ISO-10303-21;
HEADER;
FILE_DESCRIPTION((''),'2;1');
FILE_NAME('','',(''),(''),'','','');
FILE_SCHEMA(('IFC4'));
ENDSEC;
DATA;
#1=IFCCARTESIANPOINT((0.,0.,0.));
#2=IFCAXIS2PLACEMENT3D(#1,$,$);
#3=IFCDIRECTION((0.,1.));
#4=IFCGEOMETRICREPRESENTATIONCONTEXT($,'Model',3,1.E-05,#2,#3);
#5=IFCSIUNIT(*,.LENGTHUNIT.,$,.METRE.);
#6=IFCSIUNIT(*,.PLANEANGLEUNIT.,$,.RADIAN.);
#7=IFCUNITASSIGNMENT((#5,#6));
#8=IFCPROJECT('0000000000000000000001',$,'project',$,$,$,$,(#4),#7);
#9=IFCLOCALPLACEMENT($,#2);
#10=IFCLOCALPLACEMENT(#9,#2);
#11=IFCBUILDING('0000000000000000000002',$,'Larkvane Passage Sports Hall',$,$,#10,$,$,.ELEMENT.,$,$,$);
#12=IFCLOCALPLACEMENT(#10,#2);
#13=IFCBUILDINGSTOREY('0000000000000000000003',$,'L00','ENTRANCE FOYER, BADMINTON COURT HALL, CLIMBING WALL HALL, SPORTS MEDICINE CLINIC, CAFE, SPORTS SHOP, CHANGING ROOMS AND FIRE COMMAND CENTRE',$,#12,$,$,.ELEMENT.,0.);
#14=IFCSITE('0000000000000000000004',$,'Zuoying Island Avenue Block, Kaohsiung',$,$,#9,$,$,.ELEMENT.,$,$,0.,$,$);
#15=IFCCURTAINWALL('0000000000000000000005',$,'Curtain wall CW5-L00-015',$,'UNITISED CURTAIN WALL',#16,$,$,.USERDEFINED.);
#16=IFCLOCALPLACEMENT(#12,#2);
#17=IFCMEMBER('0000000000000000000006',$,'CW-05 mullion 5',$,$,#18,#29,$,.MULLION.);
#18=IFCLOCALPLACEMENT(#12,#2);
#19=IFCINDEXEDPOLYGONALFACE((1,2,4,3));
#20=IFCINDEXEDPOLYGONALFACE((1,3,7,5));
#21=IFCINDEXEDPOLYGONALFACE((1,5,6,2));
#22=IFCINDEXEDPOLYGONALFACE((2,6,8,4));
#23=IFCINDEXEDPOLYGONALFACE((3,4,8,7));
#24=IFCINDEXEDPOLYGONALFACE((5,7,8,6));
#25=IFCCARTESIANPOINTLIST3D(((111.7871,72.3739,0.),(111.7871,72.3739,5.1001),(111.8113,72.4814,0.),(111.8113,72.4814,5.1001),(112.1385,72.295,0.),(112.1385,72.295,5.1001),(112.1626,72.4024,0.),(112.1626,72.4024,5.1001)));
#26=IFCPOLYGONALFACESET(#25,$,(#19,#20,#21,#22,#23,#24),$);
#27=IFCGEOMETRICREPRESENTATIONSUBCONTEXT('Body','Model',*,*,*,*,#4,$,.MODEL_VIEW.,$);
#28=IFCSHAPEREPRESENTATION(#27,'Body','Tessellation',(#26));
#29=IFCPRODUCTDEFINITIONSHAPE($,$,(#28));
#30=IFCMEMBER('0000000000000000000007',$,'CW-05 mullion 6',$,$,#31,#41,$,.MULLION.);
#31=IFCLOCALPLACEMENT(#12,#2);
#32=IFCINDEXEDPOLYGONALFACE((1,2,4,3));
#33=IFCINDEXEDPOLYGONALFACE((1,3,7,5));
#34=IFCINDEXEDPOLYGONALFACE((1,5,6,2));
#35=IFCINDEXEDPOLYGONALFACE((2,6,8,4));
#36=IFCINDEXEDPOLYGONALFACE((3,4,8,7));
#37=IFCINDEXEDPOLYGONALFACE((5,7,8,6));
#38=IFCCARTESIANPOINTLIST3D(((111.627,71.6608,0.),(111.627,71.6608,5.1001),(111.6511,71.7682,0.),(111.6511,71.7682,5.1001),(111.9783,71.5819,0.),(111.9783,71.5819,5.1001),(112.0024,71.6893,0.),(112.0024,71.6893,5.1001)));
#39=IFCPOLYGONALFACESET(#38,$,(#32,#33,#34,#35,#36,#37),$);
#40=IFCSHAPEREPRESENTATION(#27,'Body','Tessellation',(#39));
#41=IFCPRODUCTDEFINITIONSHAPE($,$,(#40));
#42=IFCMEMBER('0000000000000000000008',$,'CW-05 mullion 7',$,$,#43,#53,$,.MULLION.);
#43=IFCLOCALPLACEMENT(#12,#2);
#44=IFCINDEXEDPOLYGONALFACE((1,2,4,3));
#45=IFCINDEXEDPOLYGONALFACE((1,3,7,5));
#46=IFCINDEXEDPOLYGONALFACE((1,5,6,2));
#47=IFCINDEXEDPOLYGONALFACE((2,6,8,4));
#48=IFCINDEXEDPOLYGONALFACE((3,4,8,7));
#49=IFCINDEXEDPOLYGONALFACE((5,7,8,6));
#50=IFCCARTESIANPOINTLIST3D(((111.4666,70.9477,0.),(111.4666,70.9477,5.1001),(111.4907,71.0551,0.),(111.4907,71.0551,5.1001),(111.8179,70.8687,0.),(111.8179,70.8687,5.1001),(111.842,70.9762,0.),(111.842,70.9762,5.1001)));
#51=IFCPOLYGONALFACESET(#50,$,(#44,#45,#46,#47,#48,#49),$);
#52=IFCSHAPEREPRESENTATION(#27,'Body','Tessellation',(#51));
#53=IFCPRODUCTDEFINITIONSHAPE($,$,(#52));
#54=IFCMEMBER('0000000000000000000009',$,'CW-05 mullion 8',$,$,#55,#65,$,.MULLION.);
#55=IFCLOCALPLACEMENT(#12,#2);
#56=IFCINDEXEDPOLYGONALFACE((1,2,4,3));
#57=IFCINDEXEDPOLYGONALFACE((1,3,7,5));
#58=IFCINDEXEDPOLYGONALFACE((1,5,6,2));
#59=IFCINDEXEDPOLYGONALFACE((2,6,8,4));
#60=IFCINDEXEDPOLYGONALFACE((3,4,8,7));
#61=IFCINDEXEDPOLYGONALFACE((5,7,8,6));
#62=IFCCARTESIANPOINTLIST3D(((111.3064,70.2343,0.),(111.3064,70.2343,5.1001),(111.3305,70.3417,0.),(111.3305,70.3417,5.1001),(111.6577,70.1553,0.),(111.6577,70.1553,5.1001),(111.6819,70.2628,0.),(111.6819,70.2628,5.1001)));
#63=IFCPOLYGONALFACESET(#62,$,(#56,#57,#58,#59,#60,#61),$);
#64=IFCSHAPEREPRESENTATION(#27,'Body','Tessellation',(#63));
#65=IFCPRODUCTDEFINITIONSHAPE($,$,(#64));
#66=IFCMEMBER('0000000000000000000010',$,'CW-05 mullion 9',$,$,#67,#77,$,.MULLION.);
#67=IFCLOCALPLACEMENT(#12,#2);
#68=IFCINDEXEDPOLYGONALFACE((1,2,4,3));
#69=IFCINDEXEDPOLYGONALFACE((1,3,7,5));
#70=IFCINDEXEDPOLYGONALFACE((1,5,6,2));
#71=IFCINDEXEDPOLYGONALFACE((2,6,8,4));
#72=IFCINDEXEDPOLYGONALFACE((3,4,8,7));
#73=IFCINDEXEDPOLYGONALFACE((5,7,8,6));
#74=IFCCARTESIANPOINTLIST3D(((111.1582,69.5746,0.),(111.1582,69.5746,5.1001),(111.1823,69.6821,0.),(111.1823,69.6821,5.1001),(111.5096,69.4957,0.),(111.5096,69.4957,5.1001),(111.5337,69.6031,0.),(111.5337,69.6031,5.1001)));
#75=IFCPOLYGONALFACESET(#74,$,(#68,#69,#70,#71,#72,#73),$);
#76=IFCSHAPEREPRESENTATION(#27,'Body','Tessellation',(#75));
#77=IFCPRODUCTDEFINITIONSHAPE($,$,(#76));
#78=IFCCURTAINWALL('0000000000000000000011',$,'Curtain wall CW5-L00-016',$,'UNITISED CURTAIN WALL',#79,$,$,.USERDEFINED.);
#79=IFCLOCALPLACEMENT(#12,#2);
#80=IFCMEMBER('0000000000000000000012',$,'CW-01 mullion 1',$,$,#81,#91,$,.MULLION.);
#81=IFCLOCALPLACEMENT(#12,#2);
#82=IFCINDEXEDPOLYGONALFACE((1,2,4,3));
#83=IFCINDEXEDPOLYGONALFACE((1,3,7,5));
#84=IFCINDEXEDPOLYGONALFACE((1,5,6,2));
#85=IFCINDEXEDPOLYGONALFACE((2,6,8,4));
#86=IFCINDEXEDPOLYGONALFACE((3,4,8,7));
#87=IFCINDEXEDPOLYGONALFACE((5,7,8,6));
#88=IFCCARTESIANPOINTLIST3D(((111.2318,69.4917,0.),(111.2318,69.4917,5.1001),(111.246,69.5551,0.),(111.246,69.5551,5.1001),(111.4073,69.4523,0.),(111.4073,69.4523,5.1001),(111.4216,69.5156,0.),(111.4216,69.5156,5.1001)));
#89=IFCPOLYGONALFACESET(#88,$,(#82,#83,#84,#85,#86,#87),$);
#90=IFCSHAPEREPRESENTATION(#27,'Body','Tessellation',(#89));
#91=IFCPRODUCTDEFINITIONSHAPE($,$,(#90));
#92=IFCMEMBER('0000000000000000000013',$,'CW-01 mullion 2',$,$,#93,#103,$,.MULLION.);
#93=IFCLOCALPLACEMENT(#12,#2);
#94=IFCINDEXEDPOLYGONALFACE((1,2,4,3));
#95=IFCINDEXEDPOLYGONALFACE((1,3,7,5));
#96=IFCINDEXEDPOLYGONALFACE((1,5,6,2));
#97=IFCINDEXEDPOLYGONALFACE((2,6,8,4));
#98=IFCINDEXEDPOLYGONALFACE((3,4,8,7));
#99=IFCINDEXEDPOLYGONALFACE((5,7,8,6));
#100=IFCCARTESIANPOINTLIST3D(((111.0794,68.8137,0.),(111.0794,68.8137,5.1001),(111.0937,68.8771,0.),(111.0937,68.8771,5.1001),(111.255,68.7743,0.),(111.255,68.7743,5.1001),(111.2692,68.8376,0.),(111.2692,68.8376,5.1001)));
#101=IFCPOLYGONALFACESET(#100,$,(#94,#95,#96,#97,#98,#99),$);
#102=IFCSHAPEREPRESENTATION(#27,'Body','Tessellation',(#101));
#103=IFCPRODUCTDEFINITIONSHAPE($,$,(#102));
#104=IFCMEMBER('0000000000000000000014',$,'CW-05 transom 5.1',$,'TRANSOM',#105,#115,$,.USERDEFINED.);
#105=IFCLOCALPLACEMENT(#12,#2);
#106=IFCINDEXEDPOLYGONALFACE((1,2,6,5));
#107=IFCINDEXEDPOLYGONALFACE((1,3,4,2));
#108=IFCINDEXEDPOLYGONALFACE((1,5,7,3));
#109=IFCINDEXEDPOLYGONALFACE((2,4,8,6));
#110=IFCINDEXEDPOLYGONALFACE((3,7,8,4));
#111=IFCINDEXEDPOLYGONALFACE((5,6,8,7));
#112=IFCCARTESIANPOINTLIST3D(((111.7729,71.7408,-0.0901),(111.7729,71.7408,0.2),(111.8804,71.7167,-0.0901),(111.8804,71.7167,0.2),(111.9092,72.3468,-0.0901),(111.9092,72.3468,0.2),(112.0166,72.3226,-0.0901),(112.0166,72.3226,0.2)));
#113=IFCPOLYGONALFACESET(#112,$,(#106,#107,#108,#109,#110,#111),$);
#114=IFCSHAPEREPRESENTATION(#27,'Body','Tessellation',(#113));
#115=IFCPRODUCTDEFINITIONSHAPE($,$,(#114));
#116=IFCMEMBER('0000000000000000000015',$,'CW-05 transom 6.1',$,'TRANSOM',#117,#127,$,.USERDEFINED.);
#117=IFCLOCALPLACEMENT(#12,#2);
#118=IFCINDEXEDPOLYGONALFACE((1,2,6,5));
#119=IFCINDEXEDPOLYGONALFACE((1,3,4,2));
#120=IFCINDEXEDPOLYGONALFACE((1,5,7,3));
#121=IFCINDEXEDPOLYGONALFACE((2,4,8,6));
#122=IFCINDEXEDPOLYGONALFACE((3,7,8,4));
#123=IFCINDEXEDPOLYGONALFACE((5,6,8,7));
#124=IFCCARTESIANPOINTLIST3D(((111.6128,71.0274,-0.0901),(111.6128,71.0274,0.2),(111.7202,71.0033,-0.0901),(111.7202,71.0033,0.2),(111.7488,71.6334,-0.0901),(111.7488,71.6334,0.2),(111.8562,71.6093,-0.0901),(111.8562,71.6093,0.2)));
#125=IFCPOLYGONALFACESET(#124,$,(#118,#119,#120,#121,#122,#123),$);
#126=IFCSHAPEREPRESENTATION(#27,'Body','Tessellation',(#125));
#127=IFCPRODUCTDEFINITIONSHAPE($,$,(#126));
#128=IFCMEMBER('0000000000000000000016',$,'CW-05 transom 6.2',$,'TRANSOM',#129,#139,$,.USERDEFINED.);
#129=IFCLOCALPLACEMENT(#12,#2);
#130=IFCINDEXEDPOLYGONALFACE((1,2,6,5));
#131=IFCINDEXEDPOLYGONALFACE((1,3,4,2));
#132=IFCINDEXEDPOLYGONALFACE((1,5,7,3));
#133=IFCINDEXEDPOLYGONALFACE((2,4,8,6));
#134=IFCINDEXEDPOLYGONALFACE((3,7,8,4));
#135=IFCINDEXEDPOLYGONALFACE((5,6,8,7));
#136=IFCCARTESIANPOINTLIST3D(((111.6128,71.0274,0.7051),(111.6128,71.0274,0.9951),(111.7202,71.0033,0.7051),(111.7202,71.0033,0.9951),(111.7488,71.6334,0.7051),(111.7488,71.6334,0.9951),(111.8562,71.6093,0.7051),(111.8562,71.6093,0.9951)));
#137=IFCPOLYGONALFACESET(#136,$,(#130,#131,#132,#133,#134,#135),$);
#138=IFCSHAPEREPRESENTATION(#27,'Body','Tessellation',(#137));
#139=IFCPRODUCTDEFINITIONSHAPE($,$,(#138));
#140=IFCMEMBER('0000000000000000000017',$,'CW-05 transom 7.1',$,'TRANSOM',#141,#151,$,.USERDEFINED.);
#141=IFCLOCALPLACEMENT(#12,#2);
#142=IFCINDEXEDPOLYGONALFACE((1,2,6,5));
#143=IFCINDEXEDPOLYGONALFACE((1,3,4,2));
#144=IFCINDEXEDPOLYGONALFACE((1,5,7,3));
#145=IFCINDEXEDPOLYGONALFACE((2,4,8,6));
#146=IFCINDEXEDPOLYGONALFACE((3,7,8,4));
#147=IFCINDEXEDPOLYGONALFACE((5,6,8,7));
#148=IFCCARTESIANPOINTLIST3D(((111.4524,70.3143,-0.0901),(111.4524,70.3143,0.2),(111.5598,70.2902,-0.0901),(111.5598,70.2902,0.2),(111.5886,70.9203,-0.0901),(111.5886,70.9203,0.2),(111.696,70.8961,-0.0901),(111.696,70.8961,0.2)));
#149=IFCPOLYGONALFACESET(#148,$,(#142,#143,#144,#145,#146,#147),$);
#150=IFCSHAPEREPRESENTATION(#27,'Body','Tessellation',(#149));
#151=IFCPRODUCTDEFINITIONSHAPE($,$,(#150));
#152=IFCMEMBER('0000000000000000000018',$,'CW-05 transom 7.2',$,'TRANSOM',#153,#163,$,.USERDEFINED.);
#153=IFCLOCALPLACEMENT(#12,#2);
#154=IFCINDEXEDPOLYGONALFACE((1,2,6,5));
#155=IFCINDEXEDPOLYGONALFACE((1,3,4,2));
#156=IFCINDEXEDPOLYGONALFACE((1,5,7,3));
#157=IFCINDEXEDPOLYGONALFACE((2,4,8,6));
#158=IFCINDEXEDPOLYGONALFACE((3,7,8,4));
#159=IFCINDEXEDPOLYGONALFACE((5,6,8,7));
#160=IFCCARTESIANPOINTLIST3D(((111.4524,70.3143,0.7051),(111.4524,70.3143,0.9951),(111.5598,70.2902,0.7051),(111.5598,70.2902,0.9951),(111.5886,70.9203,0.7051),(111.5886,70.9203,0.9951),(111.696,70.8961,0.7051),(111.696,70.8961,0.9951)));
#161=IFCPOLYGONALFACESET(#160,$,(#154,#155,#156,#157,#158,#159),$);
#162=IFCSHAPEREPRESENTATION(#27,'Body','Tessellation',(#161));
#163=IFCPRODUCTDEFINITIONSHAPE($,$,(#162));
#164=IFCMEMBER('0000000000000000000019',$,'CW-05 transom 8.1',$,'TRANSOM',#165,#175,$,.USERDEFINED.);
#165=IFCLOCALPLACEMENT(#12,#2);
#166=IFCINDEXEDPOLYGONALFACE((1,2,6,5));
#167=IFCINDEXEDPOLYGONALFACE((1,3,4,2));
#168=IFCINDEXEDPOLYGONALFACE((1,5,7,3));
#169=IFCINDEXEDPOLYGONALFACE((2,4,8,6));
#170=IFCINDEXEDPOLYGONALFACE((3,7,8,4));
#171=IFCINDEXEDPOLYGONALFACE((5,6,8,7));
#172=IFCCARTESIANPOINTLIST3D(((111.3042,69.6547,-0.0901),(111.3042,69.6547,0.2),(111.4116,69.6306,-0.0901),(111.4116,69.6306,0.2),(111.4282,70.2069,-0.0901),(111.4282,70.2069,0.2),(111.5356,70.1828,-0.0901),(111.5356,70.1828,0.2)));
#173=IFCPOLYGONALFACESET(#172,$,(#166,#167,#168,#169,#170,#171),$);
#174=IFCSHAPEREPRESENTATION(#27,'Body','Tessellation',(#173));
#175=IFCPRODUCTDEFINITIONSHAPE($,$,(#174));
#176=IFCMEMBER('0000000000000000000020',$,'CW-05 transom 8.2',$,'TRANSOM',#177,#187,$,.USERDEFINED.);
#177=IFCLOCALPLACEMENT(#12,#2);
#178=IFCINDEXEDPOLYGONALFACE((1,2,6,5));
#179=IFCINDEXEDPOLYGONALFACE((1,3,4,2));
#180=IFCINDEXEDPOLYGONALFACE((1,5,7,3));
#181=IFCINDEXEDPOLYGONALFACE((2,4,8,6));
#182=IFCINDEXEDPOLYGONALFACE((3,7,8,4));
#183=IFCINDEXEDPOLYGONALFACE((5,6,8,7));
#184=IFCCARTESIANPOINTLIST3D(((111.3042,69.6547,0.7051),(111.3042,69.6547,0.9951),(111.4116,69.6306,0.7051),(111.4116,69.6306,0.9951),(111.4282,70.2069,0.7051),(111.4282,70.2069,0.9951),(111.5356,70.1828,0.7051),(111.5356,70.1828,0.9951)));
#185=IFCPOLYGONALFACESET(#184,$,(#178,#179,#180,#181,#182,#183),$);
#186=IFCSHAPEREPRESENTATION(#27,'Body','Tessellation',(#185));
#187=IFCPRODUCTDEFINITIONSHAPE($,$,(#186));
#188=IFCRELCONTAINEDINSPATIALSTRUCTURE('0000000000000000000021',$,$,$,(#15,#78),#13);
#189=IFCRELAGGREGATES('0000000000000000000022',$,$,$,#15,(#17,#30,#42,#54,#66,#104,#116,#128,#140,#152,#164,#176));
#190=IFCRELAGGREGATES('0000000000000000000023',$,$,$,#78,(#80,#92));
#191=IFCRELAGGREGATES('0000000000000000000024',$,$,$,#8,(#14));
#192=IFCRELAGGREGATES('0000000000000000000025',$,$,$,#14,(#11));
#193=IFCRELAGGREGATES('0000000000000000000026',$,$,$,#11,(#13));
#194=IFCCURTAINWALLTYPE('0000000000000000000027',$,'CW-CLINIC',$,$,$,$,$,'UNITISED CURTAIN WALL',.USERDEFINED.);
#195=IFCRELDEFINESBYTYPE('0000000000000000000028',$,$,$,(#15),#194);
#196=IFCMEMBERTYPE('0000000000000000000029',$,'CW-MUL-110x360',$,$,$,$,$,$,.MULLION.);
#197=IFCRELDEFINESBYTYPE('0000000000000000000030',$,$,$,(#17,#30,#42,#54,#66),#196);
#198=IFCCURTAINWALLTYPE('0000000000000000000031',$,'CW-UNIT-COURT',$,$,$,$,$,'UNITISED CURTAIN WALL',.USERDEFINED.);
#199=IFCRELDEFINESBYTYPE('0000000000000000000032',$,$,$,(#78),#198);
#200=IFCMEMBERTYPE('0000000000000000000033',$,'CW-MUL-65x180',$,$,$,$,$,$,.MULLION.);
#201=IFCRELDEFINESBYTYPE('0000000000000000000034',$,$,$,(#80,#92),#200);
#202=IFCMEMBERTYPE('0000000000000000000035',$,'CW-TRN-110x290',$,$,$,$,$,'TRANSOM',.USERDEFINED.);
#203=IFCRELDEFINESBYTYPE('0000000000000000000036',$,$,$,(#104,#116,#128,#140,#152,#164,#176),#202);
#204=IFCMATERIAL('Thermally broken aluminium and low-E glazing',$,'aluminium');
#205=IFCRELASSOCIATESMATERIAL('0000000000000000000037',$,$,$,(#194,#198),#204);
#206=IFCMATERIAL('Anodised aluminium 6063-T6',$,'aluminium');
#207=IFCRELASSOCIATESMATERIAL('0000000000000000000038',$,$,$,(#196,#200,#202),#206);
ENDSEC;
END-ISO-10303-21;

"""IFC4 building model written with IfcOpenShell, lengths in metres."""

from ifc_helpers import new_model, si_unit, direction, frame, origin, origin_2d, place, context, subcontext, project, spatial, rectangle, extrude, material, material_profile, profile_set, type_object, element, aggregate, save


model = new_model("IFC4")

# Units and contexts
model_context = context("Model", 3, precision=1e-05, world=origin(), true_north=direction((0.0, 1.0)))
body_context = subcontext(model_context, "Body", "Model", "MODEL_VIEW")
ifc_project = project(units=[si_unit("LENGTHUNIT", "METRE"), si_unit("PLANEANGLEUNIT", "RADIAN")], contexts=[model_context])

# Site, building, storey
site_placement = place(None, origin())
site = spatial("IfcSite", under=ifc_project, at=site_placement, Name="Zuoying Island Avenue Block, Kaohsiung", CompositionType="ELEMENT", RefElevation=0.0)
building_placement = place(site_placement, origin())
building = spatial("IfcBuilding", under=site, at=building_placement, Name="Larkvane Passage Sports Hall", CompositionType="ELEMENT")
storey_placement = place(building_placement, origin())
storey = spatial("IfcBuildingStorey", under=building, at=storey_placement, Name="L00", Description="ENTRANCE FOYER, BADMINTON COURT HALL, CLIMBING WALL HALL, SPORTS MEDICINE CLINIC, CAFE, SPORTS SHOP, CHANGING ROOMS AND FIRE COMMAND CENTRE", CompositionType="ELEMENT", Elevation=0.0)

# Curtain walls, members
ifc_material_1 = material(Name="Thermally broken aluminium and low-E glazing", Category="aluminium")
curtain_wall_type_1 = type_object("IfcCurtainWallType", Name="CW-CLINIC", ElementType="UNITISED CURTAIN WALL", PredefinedType="USERDEFINED", material=ifc_material_1)
curtain_wall_1_placement = place(storey_placement, origin())
curtain_wall_1 = element("IfcCurtainWall", 1, at=curtain_wall_1_placement, inside=storey, type_object=curtain_wall_type_1, Name="Curtain wall CW5-L00-015", ObjectType="UNITISED CURTAIN WALL", PredefinedType="USERDEFINED")
ifc_material_2 = material(Name="Anodised aluminium 6063-T6", Category="aluminium")
ifc_material_profile_1 = material_profile(ifc_material_2, rectangle(XDim=0.1101, YDim=0.3601, at=origin_2d()), Name="ALU-MUL-110x360")
ifc_profile_set_1 = profile_set([ifc_material_profile_1], Name="Anodised aluminium 6063-T6")
member_type_1 = type_object("IfcMemberType", Name="CW-MUL-110x360", PredefinedType="MULLION", material=ifc_profile_set_1)
member_1_placement = place(storey_placement, frame((111.9749, 72.3882, 0.0), z_axis=(0.0, 0.0, 1.0), x_axis=(-0.219244, -0.97567, 0.0)))
member_1 = element("IfcMember", 2, at=member_1_placement, type_object=member_type_1, Name="CW-05 mullion 5", PredefinedType="MULLION", context=body_context, shape_type="SweptSolid", body=[
    extrude(rectangle(XDim=0.1101, YDim=0.3601, at=origin_2d()), origin(), (0.0, 0.0, 1.0), 5.1001),
])
member_2_placement = place(storey_placement, frame((111.8147, 71.675, 0.0), z_axis=(0.0, 0.0, 1.0), x_axis=(-0.219244, -0.97567, 0.0)))
member_2 = element("IfcMember", 3, at=member_2_placement, type_object=member_type_1, Name="CW-05 mullion 6", PredefinedType="MULLION", context=body_context, shape_type="SweptSolid", body=[
    extrude(rectangle(XDim=0.1101, YDim=0.3601, at=origin_2d()), origin(), (0.0, 0.0, 1.0), 5.1001),
])
member_3_placement = place(storey_placement, frame((111.6543, 70.9619, 0.0), z_axis=(0.0, 0.0, 1.0), x_axis=(-0.219244, -0.97567, 0.0)))
member_3 = element("IfcMember", 4, at=member_3_placement, type_object=member_type_1, Name="CW-05 mullion 7", PredefinedType="MULLION", context=body_context, shape_type="SweptSolid", body=[
    extrude(rectangle(XDim=0.1101, YDim=0.3601, at=origin_2d()), origin(), (0.0, 0.0, 1.0), 5.1001),
])
member_4_placement = place(storey_placement, frame((111.4941, 70.2485, 0.0), z_axis=(0.0, 0.0, 1.0), x_axis=(-0.219244, -0.97567, 0.0)))
member_4 = element("IfcMember", 5, at=member_4_placement, type_object=member_type_1, Name="CW-05 mullion 8", PredefinedType="MULLION", context=body_context, shape_type="SweptSolid", body=[
    extrude(rectangle(XDim=0.1101, YDim=0.3601, at=origin_2d()), origin(), (0.0, 0.0, 1.0), 5.1001),
])
member_5_placement = place(storey_placement, frame((111.3459, 69.5889, 0.0), z_axis=(0.0, 0.0, 1.0), x_axis=(-0.219244, -0.97567, 0.0)))
member_5 = element("IfcMember", 6, at=member_5_placement, type_object=member_type_1, Name="CW-05 mullion 9", PredefinedType="MULLION", context=body_context, shape_type="SweptSolid", body=[
    extrude(rectangle(XDim=0.1101, YDim=0.3601, at=origin_2d()), origin(), (0.0, 0.0, 1.0), 5.1001),
])
curtain_wall_type_2 = type_object("IfcCurtainWallType", Name="CW-UNIT-COURT", ElementType="UNITISED CURTAIN WALL", PredefinedType="USERDEFINED", material=ifc_material_1)
curtain_wall_2_placement = place(storey_placement, origin())
curtain_wall_2 = element("IfcCurtainWall", 7, at=curtain_wall_2_placement, inside=storey, type_object=curtain_wall_type_2, Name="Curtain wall CW5-L00-016", ObjectType="UNITISED CURTAIN WALL", PredefinedType="USERDEFINED")
ifc_material_profile_2 = material_profile(ifc_material_2, rectangle(XDim=0.0649, YDim=0.1799, at=origin_2d()), Name="ALU-MUL-65x180")
ifc_profile_set_2 = profile_set([ifc_material_profile_2], Name="Anodised aluminium 6063-T6")
member_type_2 = type_object("IfcMemberType", Name="CW-MUL-65x180", PredefinedType="MULLION", material=ifc_profile_set_2)
member_6_placement = place(storey_placement, frame((111.3267, 69.5037, 0.0), z_axis=(0.0, 0.0, 1.0), x_axis=(-0.219261, -0.975666, 0.0)))
member_6 = element("IfcMember", 8, at=member_6_placement, type_object=member_type_2, Name="CW-01 mullion 1", PredefinedType="MULLION", context=body_context, shape_type="SweptSolid", body=[
    extrude(rectangle(XDim=0.0649, YDim=0.1799, at=origin_2d()), origin(), (0.0, 0.0, 1.0), 5.1001),
])
member_7_placement = place(storey_placement, frame((111.1743, 68.8257, 0.0), z_axis=(0.0, 0.0, 1.0), x_axis=(-0.219261, -0.975666, 0.0)))
member_7 = element("IfcMember", 9, at=member_7_placement, type_object=member_type_2, Name="CW-01 mullion 2", PredefinedType="MULLION", context=body_context, shape_type="SweptSolid", body=[
    extrude(rectangle(XDim=0.0649, YDim=0.1799, at=origin_2d()), origin(), (0.0, 0.0, 1.0), 5.1001),
])

# Members
ifc_material_profile_3 = material_profile(ifc_material_2, rectangle(XDim=0.1101, YDim=0.29, at=origin_2d()), Name="ALU-TRN-110x290")
ifc_profile_set_3 = profile_set([ifc_material_profile_3], Name="Anodised aluminium 6063-T6")
member_type_3 = type_object("IfcMemberType", Name="CW-TRN-110x290", ElementType="TRANSOM", PredefinedType="USERDEFINED", material=ifc_profile_set_3)
member_8_placement = place(storey_placement, frame((111.9629, 72.3347, 0.0549), z_axis=(-0.219344, -0.975648, 0.0), x_axis=(0.975648, -0.219344, 0.0)))
member_8 = element("IfcMember", 10, at=member_8_placement, type_object=member_type_3, Name="CW-05 transom 5.1", ObjectType="TRANSOM", PredefinedType="USERDEFINED", context=body_context, shape_type="SweptSolid", body=[
    extrude(rectangle(XDim=0.1101, YDim=0.29, at=origin_2d()), origin(), (0.0, 0.0, 1.0), 0.6211),
])
member_9_placement = place(storey_placement, frame((111.8025, 71.6213, 0.0549), z_axis=(-0.21897, -0.975732, 0.0), x_axis=(0.975732, -0.21897, 0.0)))
member_9 = element("IfcMember", 11, at=member_9_placement, type_object=member_type_3, Name="CW-05 transom 6.1", ObjectType="TRANSOM", PredefinedType="USERDEFINED", context=body_context, shape_type="SweptSolid", body=[
    extrude(rectangle(XDim=0.1101, YDim=0.29, at=origin_2d()), origin(), (0.0, 0.0, 1.0), 0.6211),
])
member_10_placement = place(storey_placement, frame((111.8025, 71.6213, 0.8501), z_axis=(-0.21897, -0.975732, 0.0), x_axis=(0.975732, -0.21897, 0.0)))
member_10 = element("IfcMember", 12, at=member_10_placement, type_object=member_type_3, Name="CW-05 transom 6.2", ObjectType="TRANSOM", PredefinedType="USERDEFINED", context=body_context, shape_type="SweptSolid", body=[
    extrude(rectangle(XDim=0.1101, YDim=0.29, at=origin_2d()), origin(), (0.0, 0.0, 1.0), 0.6211),
])
member_11_placement = place(storey_placement, frame((111.6423, 70.9082, 0.0549), z_axis=(-0.219344, -0.975648, 0.0), x_axis=(0.975648, -0.219344, 0.0)))
member_11 = element("IfcMember", 13, at=member_11_placement, type_object=member_type_3, Name="CW-05 transom 7.1", ObjectType="TRANSOM", PredefinedType="USERDEFINED", context=body_context, shape_type="SweptSolid", body=[
    extrude(rectangle(XDim=0.1101, YDim=0.29, at=origin_2d()), origin(), (0.0, 0.0, 1.0), 0.6211),
])
member_12_placement = place(storey_placement, frame((111.6423, 70.9082, 0.8501), z_axis=(-0.219344, -0.975648, 0.0), x_axis=(0.975648, -0.219344, 0.0)))
member_12 = element("IfcMember", 14, at=member_12_placement, type_object=member_type_3, Name="CW-05 transom 7.2", ObjectType="TRANSOM", PredefinedType="USERDEFINED", context=body_context, shape_type="SweptSolid", body=[
    extrude(rectangle(XDim=0.1101, YDim=0.29, at=origin_2d()), origin(), (0.0, 0.0, 1.0), 0.6211),
])
member_13_placement = place(storey_placement, frame((111.4819, 70.1948, 0.0549), z_axis=(-0.219122, -0.975697, 0.0), x_axis=(0.975697, -0.219122, 0.0)))
member_13 = element("IfcMember", 15, at=member_13_placement, type_object=member_type_3, Name="CW-05 transom 8.1", ObjectType="TRANSOM", PredefinedType="USERDEFINED", context=body_context, shape_type="SweptSolid", body=[
    extrude(rectangle(XDim=0.1101, YDim=0.29, at=origin_2d()), origin(), (0.0, 0.0, 1.0), 0.5659),
])
member_14_placement = place(storey_placement, frame((111.4819, 70.1948, 0.8501), z_axis=(-0.219122, -0.975697, 0.0), x_axis=(0.975697, -0.219122, 0.0)))
member_14 = element("IfcMember", 16, at=member_14_placement, type_object=member_type_3, Name="CW-05 transom 8.2", ObjectType="TRANSOM", PredefinedType="USERDEFINED", context=body_context, shape_type="SweptSolid", body=[
    extrude(rectangle(XDim=0.1101, YDim=0.29, at=origin_2d()), origin(), (0.0, 0.0, 1.0), 0.5659),
])

aggregate(curtain_wall_1, [member_1, member_2, member_3, member_4, member_5, member_8, member_9, member_10, member_11, member_12, member_13, member_14])
aggregate(curtain_wall_2, [member_6, member_7])

save(model, "model.ifc")
